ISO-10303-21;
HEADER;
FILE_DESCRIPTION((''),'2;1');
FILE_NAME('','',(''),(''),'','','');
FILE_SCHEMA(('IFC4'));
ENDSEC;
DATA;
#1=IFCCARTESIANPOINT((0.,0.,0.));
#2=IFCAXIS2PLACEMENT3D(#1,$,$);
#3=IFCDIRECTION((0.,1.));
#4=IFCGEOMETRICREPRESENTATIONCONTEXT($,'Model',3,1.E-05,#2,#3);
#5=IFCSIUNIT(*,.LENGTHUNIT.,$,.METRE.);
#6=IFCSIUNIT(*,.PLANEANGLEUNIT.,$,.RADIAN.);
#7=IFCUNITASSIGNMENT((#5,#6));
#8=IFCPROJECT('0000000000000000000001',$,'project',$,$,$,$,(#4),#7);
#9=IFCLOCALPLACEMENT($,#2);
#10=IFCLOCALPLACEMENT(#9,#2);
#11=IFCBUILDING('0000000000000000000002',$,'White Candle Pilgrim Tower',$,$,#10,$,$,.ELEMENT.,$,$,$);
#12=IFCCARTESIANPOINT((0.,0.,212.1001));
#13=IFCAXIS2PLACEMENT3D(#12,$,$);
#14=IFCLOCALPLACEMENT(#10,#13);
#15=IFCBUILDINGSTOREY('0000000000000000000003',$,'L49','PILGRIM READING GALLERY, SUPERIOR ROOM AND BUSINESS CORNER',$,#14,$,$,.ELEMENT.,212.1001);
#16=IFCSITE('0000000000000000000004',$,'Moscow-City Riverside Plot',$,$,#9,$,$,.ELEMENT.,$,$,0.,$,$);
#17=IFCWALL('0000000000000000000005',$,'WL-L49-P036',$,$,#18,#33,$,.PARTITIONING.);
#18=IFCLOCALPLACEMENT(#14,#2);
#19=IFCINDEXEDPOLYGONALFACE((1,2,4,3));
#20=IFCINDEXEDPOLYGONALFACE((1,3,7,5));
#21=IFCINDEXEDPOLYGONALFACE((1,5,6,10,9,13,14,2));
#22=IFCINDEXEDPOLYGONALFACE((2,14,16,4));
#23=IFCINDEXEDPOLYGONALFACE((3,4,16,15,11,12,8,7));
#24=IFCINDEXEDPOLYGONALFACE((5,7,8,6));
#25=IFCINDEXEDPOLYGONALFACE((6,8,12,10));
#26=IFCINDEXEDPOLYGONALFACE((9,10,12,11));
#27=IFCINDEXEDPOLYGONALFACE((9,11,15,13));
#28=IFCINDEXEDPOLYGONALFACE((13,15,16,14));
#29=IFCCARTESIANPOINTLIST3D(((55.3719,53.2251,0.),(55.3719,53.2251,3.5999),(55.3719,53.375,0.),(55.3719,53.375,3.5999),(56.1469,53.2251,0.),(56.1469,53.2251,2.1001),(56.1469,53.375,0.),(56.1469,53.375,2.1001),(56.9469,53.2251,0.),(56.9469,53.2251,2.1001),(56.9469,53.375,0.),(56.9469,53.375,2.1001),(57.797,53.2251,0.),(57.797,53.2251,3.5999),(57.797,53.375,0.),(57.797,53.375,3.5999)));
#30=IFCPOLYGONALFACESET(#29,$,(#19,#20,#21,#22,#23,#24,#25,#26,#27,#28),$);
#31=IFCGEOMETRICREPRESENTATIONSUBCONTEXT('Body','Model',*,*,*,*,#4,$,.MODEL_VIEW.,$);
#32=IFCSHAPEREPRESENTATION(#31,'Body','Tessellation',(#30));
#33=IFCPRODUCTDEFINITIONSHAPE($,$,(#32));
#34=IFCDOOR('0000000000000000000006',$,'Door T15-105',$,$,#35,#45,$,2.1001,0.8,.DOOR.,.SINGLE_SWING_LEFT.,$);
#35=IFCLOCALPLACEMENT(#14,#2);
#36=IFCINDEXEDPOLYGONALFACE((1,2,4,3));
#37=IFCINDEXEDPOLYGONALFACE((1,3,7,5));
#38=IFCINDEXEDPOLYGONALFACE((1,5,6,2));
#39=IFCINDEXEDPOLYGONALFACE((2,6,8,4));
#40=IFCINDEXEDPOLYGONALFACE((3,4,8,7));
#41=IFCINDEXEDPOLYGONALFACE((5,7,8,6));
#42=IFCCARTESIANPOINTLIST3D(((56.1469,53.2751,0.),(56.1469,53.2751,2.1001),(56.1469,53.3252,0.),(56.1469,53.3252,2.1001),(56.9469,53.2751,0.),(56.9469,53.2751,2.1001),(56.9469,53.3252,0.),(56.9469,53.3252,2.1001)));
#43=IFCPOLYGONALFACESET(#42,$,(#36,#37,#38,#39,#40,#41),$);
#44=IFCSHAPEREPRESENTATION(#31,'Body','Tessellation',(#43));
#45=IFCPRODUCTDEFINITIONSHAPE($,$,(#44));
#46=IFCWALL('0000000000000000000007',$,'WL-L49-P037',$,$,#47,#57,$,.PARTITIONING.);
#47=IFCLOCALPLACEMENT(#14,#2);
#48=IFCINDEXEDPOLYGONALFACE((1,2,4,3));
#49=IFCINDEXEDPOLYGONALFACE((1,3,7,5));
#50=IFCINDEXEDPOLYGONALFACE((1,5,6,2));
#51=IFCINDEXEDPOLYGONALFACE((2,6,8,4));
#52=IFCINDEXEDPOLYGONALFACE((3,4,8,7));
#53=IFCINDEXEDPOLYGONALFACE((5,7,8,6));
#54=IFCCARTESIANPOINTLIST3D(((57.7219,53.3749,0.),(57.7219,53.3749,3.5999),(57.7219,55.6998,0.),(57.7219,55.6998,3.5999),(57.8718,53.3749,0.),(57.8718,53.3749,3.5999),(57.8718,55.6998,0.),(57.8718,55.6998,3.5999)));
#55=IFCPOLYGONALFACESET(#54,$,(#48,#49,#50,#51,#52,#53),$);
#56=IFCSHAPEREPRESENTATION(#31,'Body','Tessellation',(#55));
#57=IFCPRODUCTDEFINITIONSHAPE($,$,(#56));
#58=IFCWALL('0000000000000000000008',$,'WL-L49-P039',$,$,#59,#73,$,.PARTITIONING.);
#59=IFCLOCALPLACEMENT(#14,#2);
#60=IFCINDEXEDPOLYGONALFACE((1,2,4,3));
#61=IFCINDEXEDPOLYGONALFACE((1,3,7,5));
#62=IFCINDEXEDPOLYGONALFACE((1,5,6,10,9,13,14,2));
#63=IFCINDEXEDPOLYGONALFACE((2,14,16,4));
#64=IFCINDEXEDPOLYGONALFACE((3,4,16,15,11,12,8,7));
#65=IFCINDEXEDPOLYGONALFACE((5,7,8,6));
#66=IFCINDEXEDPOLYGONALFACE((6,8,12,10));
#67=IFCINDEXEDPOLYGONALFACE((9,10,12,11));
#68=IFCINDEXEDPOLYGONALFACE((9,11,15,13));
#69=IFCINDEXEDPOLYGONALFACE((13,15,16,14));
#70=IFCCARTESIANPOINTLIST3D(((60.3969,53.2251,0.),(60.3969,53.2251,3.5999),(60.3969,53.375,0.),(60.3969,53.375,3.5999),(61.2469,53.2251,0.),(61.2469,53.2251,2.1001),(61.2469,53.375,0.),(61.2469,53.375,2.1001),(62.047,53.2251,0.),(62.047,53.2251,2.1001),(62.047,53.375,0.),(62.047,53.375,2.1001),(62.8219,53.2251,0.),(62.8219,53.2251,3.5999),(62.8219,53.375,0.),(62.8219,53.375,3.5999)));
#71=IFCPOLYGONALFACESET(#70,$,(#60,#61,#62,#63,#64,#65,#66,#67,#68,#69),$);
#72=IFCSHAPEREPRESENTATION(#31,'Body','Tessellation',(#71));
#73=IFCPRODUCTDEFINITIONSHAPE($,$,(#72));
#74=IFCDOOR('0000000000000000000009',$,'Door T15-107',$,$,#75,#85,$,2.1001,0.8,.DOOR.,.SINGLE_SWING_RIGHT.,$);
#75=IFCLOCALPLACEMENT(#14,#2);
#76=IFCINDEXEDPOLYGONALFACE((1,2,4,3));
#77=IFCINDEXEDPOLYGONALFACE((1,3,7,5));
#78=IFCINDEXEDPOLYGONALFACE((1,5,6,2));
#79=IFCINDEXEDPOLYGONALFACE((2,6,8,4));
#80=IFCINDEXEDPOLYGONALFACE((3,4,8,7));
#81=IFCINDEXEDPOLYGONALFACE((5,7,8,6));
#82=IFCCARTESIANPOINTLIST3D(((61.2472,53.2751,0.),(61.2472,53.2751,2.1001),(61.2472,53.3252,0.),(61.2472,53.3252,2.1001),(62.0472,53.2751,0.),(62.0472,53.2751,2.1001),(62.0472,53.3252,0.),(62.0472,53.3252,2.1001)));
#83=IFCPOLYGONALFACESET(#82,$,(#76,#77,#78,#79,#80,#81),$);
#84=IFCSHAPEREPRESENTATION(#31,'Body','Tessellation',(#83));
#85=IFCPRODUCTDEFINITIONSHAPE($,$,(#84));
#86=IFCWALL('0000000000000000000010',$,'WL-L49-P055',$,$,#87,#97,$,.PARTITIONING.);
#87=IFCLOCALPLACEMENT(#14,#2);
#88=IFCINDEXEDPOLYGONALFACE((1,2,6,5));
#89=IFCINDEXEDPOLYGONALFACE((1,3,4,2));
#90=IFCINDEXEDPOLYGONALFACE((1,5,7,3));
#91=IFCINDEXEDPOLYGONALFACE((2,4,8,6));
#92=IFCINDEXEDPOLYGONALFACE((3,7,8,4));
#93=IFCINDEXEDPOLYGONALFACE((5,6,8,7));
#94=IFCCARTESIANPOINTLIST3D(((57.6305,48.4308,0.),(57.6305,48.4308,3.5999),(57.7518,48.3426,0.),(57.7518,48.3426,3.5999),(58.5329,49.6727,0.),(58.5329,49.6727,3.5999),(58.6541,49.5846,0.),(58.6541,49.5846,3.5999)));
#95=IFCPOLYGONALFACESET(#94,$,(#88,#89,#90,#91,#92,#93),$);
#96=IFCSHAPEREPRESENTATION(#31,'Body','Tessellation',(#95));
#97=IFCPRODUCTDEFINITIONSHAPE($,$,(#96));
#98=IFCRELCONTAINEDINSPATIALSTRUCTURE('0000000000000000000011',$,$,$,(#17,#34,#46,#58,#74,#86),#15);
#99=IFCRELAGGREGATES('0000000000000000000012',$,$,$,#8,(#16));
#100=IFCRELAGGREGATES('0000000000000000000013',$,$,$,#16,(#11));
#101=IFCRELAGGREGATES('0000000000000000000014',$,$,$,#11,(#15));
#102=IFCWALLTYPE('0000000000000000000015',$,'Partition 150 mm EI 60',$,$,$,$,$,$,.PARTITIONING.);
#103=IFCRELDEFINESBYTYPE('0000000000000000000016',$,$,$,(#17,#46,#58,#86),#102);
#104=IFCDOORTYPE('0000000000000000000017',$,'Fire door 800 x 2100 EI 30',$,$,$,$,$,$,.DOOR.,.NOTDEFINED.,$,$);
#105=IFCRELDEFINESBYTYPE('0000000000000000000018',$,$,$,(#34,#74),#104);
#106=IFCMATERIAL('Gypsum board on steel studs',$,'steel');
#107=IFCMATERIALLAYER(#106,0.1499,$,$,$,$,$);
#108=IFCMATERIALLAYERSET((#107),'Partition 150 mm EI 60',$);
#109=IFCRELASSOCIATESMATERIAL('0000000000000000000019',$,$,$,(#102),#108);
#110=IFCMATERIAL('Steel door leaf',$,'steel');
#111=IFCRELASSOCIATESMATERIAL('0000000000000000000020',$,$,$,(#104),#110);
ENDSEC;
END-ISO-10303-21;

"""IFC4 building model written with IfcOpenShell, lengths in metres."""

from ifc_helpers import new_model, si_unit, direction, frame, frame_2d, origin, place, context, subcontext, project, spatial, rectangle, extrude, material, layer, layer_set, type_object, element, fill, save


model = new_model("IFC4")

# Units and contexts
model_context = context("Model", 3, precision=1e-05, world=origin(), true_north=direction((0.0, 1.0)))
body_context = subcontext(model_context, "Body", "Model", "MODEL_VIEW")
ifc_project = project(units=[si_unit("LENGTHUNIT", "METRE"), si_unit("PLANEANGLEUNIT", "RADIAN")], contexts=[model_context])

# Site, building, storey
site_placement = place(None, origin())
site = spatial("IfcSite", under=ifc_project, at=site_placement, Name="Moscow-City Riverside Plot", CompositionType="ELEMENT", RefElevation=0.0)
building_placement = place(site_placement, origin())
building = spatial("IfcBuilding", under=site, at=building_placement, Name="White Candle Pilgrim Tower", CompositionType="ELEMENT")
storey_placement = place(building_placement, frame((0.0, 0.0, 212.1001)))
storey = spatial("IfcBuildingStorey", under=building, at=storey_placement, Name="L49", Description="PILGRIM READING GALLERY, SUPERIOR ROOM AND BUSINESS CORNER", CompositionType="ELEMENT", Elevation=212.1001)

# Shared definitions
ifc_material_1 = material(Name="Gypsum board on steel studs", Category="steel")
ifc_layer_1 = layer(ifc_material_1, 0.1499)
ifc_layer_set_1 = layer_set([ifc_layer_1], Name="Partition 150 mm EI 60")
wall_type_1 = type_object("IfcWallType", Name="Partition 150 mm EI 60", PredefinedType="PARTITIONING", material=ifc_layer_set_1)

# Wall, opening, door
wall_1_placement = place(storey_placement, frame((57.7969, 53.3, 0.0), z_axis=(0.0, 0.0, 1.0), x_axis=(-1.0, 0.0, 0.0)))
wall_1 = element("IfcWall", 1, at=wall_1_placement, inside=storey, type_object=wall_type_1, Name="WL-L49-P036", PredefinedType="PARTITIONING", context=body_context, shape_type="SweptSolid", body=[
    extrude(rectangle(XDim=2.425, YDim=0.1499, at=frame_2d((1.2124, 0.0))), origin(), (0.0, 0.0, 1.0), 3.5999),
])
opening_1_placement = place(wall_1_placement, frame((0.8501, 0.0, 0.0)))
opening_1 = element("IfcOpeningElement", 2, at=opening_1_placement, cuts=wall_1, PredefinedType="OPENING", context=body_context, shape_type="SweptSolid", body=[
    extrude(rectangle(XDim=0.8, YDim=2.1001, at=frame_2d((0.3999, 1.05))), frame((0.0, 0.085, 0.0), z_axis=(0.0, -1.0, 0.0), x_axis=(1.0, 0.0, 0.0)), (0.0, 0.0, 1.0), 0.1699),
])
ifc_material_2 = material(Name="Steel door leaf", Category="steel")
door_type = type_object("IfcDoorType", Name="Fire door 800 x 2100 EI 30", OperationType="NOTDEFINED", PredefinedType="DOOR", material=ifc_material_2)
door_1_placement = place(opening_1_placement, origin())
door_1 = element("IfcDoor", 3, at=door_1_placement, inside=storey, type_object=door_type, Name="Door T15-105", OperationType="SINGLE_SWING_LEFT", OverallHeight=2.1001, OverallWidth=0.8, PredefinedType="DOOR", context=body_context, shape_type="SweptSolid", body=[
    extrude(rectangle(XDim=0.8, YDim=2.1001, at=frame_2d((0.3999, 1.05))), frame((0.0, 0.0249, 0.0), z_axis=(0.0, -1.0, 0.0), x_axis=(1.0, 0.0, 0.0)), (0.0, 0.0, 1.0), 0.05),
])
fill(opening_1, door_1)

# Wall
wall_2_placement = place(storey_placement, frame((57.7969, 55.7, 0.0), z_axis=(0.0, 0.0, 1.0), x_axis=(0.0, -1.0, 0.0)))
element("IfcWall", 4, at=wall_2_placement, inside=storey, type_object=wall_type_1, Name="WL-L49-P037", PredefinedType="PARTITIONING", context=body_context, shape_type="SweptSolid", body=[
    extrude(rectangle(XDim=2.325, YDim=0.1499, at=frame_2d((1.1626, 0.0))), origin(), (0.0, 0.0, 1.0), 3.5999),
])

# Wall, opening, door
wall_3_placement = place(storey_placement, frame((60.397, 53.3, 0.0), z_axis=(0.0, 0.0, 1.0), x_axis=(1.0, 0.0, 0.0)))
wall_3 = element("IfcWall", 5, at=wall_3_placement, inside=storey, type_object=wall_type_1, Name="WL-L49-P039", PredefinedType="PARTITIONING", context=body_context, shape_type="SweptSolid", body=[
    extrude(rectangle(XDim=2.425, YDim=0.1499, at=frame_2d((1.2124, 0.0))), origin(), (0.0, 0.0, 1.0), 3.5999),
])
opening_2_placement = place(wall_3_placement, frame((0.8501, 0.0, 0.0)))
opening_2 = element("IfcOpeningElement", 6, at=opening_2_placement, cuts=wall_3, PredefinedType="OPENING", context=body_context, shape_type="SweptSolid", body=[
    extrude(rectangle(XDim=0.8, YDim=2.1001, at=frame_2d((0.3999, 1.05))), frame((0.0, 0.085, 0.0), z_axis=(0.0, -1.0, 0.0), x_axis=(1.0, 0.0, 0.0)), (0.0, 0.0, 1.0), 0.1699),
])
door_2_placement = place(opening_2_placement, frame((0.8, 0.0, 0.0), z_axis=(0.0, 0.0, 1.0), x_axis=(-1.0, 0.0, 0.0)))
door_2 = element("IfcDoor", 7, at=door_2_placement, inside=storey, type_object=door_type, Name="Door T15-107", OperationType="SINGLE_SWING_RIGHT", OverallHeight=2.1001, OverallWidth=0.8, PredefinedType="DOOR", context=body_context, shape_type="SweptSolid", body=[
    extrude(rectangle(XDim=0.8, YDim=2.1001, at=frame_2d((0.3999, 1.05))), frame((0.0, 0.0249, 0.0), z_axis=(0.0, -1.0, 0.0), x_axis=(1.0, 0.0, 0.0)), (0.0, 0.0, 1.0), 0.05),
])
fill(opening_2, door_2)

# Wall
wall_4_placement = place(storey_placement, frame((58.5935, 49.6287, 0.0), z_axis=(0.0, 0.0, 1.0), x_axis=(-0.587793, -0.809011, 0.0)))
element("IfcWall", 8, at=wall_4_placement, inside=storey, type_object=wall_type_1, Name="WL-L49-P055", PredefinedType="PARTITIONING", context=body_context, shape_type="SweptSolid", body=[
    extrude(rectangle(XDim=1.5352, YDim=0.1499, at=frame_2d((0.7676, 0.0))), origin(), (0.0, 0.0, 1.0), 3.5999),
])

save(model, "model.ifc")
